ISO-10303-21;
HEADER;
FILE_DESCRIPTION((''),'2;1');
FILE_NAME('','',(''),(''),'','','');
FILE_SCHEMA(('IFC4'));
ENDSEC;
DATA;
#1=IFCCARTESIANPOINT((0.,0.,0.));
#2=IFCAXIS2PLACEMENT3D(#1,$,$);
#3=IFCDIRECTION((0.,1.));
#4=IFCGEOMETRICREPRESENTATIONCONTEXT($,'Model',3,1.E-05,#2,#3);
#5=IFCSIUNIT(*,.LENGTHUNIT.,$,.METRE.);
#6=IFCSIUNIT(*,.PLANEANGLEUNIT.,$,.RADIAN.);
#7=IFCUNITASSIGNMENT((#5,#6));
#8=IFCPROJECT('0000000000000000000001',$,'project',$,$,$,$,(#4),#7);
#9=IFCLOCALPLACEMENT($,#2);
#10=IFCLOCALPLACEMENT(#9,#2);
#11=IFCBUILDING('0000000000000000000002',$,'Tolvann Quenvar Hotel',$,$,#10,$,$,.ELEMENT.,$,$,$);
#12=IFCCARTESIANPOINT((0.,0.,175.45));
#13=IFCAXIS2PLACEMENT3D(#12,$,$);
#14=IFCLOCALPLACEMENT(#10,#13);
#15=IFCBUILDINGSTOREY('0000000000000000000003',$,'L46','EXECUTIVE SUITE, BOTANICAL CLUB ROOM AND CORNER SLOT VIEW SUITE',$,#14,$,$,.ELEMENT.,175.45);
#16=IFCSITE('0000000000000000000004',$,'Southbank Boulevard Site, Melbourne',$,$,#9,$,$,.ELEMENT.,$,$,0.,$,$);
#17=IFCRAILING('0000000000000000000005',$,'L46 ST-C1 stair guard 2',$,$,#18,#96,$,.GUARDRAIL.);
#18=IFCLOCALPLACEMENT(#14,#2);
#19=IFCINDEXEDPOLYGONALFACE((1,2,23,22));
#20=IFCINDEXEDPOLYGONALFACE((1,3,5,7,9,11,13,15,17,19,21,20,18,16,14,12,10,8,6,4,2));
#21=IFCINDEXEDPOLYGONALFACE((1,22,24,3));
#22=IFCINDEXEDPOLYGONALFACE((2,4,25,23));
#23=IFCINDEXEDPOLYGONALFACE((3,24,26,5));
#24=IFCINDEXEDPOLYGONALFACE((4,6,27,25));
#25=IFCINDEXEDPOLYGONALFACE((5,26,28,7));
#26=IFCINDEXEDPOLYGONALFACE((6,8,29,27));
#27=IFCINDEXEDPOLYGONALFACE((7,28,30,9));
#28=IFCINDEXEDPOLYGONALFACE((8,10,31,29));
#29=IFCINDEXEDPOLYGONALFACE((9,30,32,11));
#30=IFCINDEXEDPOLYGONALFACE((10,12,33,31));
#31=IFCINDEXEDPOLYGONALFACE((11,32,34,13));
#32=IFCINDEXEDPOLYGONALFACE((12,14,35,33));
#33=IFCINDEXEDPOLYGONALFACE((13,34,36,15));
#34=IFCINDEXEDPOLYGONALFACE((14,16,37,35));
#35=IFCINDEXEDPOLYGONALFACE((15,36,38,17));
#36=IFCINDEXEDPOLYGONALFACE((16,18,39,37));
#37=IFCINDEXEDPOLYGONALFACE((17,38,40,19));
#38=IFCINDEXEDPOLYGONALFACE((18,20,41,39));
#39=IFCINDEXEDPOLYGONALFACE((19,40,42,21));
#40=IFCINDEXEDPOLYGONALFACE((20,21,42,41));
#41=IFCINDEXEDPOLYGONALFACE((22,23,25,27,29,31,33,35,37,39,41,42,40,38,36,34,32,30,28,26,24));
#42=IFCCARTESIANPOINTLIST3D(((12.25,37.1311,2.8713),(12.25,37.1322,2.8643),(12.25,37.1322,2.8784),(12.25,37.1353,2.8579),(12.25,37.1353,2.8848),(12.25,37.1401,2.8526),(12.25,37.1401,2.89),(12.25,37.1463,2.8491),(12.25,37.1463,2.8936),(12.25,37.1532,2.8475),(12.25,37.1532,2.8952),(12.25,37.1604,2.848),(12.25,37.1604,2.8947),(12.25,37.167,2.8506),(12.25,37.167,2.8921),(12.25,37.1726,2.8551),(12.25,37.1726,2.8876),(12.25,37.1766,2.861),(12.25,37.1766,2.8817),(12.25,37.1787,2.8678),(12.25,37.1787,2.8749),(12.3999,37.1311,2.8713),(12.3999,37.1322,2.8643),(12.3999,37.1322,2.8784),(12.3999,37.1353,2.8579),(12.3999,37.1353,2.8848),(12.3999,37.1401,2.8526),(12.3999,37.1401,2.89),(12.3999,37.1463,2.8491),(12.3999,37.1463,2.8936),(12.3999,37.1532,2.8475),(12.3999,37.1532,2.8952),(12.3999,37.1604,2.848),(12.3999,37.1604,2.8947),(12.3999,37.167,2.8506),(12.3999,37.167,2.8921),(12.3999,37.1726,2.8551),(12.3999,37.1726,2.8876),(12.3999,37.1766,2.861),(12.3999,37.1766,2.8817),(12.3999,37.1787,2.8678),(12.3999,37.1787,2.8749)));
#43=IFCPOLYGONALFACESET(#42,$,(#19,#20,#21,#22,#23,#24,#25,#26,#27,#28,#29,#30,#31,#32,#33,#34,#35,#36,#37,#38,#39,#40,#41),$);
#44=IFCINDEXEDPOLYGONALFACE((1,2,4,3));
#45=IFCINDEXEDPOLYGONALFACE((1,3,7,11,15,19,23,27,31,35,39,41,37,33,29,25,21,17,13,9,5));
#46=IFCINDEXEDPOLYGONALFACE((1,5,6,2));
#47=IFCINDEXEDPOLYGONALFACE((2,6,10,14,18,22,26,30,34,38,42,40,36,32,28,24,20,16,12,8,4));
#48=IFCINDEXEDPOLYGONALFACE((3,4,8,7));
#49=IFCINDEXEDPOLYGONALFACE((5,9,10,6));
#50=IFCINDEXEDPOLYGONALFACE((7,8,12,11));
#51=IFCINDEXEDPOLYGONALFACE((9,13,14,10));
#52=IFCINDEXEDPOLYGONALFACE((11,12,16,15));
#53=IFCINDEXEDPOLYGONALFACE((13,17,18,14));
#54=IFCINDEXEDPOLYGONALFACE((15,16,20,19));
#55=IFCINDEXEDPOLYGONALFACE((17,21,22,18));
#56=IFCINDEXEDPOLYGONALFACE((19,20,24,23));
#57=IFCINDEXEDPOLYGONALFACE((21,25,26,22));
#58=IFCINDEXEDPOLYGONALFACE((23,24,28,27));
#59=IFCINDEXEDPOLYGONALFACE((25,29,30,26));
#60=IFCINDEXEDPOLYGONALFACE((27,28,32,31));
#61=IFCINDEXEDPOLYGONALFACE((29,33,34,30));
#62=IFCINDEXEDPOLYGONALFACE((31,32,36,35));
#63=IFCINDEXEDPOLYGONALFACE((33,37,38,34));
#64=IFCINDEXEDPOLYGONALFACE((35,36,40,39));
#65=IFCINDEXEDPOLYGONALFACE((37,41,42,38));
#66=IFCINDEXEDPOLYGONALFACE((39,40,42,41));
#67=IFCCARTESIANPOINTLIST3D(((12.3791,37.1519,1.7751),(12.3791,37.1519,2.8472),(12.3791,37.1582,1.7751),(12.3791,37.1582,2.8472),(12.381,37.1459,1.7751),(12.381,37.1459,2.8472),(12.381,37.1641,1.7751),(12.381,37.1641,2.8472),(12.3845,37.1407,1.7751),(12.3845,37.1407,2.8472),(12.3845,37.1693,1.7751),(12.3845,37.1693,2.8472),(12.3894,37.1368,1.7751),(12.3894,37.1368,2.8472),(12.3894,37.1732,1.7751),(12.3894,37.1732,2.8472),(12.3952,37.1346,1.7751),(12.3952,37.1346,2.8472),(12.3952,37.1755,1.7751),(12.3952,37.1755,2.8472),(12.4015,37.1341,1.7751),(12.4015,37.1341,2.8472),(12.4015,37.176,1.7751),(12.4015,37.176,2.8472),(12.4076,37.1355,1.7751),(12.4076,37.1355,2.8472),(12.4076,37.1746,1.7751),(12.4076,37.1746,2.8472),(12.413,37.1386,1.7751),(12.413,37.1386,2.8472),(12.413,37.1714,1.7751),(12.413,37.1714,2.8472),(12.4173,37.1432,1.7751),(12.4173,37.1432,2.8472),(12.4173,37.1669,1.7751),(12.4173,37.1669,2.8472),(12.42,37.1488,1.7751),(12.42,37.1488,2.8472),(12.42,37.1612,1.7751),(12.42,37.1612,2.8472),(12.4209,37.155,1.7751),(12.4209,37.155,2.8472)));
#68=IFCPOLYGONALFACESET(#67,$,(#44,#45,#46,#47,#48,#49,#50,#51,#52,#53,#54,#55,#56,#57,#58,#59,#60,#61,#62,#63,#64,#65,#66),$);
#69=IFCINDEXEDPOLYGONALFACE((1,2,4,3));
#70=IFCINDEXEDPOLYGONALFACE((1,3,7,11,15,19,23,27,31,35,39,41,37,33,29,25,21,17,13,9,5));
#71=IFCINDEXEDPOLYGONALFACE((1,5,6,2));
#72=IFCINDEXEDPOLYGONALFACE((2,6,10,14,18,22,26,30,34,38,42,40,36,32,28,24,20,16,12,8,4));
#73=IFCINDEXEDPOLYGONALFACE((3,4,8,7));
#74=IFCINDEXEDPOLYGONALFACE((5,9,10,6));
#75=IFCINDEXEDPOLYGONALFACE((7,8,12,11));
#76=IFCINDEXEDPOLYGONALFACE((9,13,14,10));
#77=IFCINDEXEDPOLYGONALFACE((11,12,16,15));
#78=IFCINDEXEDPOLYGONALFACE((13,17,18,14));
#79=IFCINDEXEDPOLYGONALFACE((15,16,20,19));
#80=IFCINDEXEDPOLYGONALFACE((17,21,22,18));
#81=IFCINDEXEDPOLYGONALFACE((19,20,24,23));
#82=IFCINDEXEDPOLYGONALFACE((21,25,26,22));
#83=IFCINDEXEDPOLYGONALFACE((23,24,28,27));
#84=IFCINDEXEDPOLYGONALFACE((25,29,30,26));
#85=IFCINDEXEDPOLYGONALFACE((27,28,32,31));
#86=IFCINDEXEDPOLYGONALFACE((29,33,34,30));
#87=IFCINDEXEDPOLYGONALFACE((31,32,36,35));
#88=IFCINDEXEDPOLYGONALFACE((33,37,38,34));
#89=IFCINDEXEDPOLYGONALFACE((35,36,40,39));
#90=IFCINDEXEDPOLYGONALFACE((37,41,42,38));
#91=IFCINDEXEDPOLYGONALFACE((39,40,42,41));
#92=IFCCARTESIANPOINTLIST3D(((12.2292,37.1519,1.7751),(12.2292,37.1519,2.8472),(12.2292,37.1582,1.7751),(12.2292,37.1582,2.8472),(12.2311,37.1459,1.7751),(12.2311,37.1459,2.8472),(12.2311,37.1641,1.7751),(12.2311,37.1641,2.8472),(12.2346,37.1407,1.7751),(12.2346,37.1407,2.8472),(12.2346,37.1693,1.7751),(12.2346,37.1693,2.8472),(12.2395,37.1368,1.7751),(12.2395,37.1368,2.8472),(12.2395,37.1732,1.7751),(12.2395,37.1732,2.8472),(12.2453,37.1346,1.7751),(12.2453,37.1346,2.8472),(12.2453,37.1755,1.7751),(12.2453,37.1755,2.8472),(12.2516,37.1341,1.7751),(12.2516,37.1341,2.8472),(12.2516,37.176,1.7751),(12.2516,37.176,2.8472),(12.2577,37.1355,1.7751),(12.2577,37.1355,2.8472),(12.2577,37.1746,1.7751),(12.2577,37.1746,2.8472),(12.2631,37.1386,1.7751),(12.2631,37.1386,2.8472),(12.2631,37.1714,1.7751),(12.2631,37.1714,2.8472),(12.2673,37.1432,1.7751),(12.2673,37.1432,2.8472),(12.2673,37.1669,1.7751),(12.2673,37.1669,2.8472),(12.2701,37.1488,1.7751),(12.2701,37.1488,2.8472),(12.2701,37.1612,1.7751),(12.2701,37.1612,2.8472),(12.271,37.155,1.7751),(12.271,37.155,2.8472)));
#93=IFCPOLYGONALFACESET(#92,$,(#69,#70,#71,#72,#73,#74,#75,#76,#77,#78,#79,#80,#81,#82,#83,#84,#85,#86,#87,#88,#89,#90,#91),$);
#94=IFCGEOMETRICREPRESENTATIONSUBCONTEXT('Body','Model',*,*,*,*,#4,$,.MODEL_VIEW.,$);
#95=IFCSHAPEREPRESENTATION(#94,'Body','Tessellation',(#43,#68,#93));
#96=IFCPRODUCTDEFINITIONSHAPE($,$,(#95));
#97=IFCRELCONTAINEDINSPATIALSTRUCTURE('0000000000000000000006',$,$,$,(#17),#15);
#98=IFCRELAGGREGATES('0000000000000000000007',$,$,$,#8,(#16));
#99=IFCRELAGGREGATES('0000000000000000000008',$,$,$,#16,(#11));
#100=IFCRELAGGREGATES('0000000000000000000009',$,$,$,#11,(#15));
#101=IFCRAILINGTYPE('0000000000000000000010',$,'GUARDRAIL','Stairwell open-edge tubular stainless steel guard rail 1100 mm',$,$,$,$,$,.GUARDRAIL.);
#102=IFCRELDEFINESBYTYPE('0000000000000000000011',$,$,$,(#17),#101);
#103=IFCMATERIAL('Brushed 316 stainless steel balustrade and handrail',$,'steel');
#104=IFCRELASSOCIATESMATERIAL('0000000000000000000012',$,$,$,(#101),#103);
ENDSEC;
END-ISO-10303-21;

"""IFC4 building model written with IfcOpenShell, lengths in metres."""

from ifc_helpers import new_model, si_unit, direction, frame, origin, origin_2d, place, context, subcontext, project, spatial, circle, extrude, material, type_object, element, save


model = new_model("IFC4")

# Units and contexts
model_context = context("Model", 3, precision=1e-05, world=origin(), true_north=direction((0.0, 1.0)))
body_context = subcontext(model_context, "Body", "Model", "MODEL_VIEW")
ifc_project = project(units=[si_unit("LENGTHUNIT", "METRE"), si_unit("PLANEANGLEUNIT", "RADIAN")], contexts=[model_context])

# Site, building, storey
site_placement = place(None, origin())
site = spatial("IfcSite", under=ifc_project, at=site_placement, Name="Southbank Boulevard Site, Melbourne", CompositionType="ELEMENT", RefElevation=0.0)
building_placement = place(site_placement, origin())
building = spatial("IfcBuilding", under=site, at=building_placement, Name="Tolvann Quenvar Hotel", CompositionType="ELEMENT")
storey_placement = place(building_placement, frame((0.0, 0.0, 175.45)))
storey = spatial("IfcBuildingStorey", under=building, at=storey_placement, Name="L46", Description="EXECUTIVE SUITE, BOTANICAL CLUB ROOM AND CORNER SLOT VIEW SUITE", CompositionType="ELEMENT", Elevation=175.45)

# Railing
ifc_material_1 = material(Name="Brushed 316 stainless steel balustrade and handrail", Category="steel")
railing_type_1 = type_object("IfcRailingType", Name="GUARDRAIL", Description="Stairwell open-edge tubular stainless steel guard rail 1100 mm", PredefinedType="GUARDRAIL", material=ifc_material_1)
railing_1_placement = place(storey_placement, frame((12.3999, 37.155, 1.7751)))
element("IfcRailing", 1, at=railing_1_placement, inside=storey, type_object=railing_type_1, Name="L46 ST-C1 stair guard 2", PredefinedType="GUARDRAIL", context=body_context, shape_type="SweptSolid", body=[
    extrude(circle(Radius=0.0239, at=origin_2d()), frame((0.0, 0.0, 1.0962), z_axis=(-1.0, 0.0, 0.0), x_axis=(0.0, -1.0, 0.0)), (0.0, 0.0, 1.0), 0.1499),
    extrude(circle(Radius=0.021, at=origin_2d()), origin(), (0.0, 0.0, 1.0), 1.072),
    extrude(circle(Radius=0.021, at=origin_2d()), frame((-0.1499, 0.0, 0.0)), (0.0, 0.0, 1.0), 1.072),
])

save(model, "model.ifc")
